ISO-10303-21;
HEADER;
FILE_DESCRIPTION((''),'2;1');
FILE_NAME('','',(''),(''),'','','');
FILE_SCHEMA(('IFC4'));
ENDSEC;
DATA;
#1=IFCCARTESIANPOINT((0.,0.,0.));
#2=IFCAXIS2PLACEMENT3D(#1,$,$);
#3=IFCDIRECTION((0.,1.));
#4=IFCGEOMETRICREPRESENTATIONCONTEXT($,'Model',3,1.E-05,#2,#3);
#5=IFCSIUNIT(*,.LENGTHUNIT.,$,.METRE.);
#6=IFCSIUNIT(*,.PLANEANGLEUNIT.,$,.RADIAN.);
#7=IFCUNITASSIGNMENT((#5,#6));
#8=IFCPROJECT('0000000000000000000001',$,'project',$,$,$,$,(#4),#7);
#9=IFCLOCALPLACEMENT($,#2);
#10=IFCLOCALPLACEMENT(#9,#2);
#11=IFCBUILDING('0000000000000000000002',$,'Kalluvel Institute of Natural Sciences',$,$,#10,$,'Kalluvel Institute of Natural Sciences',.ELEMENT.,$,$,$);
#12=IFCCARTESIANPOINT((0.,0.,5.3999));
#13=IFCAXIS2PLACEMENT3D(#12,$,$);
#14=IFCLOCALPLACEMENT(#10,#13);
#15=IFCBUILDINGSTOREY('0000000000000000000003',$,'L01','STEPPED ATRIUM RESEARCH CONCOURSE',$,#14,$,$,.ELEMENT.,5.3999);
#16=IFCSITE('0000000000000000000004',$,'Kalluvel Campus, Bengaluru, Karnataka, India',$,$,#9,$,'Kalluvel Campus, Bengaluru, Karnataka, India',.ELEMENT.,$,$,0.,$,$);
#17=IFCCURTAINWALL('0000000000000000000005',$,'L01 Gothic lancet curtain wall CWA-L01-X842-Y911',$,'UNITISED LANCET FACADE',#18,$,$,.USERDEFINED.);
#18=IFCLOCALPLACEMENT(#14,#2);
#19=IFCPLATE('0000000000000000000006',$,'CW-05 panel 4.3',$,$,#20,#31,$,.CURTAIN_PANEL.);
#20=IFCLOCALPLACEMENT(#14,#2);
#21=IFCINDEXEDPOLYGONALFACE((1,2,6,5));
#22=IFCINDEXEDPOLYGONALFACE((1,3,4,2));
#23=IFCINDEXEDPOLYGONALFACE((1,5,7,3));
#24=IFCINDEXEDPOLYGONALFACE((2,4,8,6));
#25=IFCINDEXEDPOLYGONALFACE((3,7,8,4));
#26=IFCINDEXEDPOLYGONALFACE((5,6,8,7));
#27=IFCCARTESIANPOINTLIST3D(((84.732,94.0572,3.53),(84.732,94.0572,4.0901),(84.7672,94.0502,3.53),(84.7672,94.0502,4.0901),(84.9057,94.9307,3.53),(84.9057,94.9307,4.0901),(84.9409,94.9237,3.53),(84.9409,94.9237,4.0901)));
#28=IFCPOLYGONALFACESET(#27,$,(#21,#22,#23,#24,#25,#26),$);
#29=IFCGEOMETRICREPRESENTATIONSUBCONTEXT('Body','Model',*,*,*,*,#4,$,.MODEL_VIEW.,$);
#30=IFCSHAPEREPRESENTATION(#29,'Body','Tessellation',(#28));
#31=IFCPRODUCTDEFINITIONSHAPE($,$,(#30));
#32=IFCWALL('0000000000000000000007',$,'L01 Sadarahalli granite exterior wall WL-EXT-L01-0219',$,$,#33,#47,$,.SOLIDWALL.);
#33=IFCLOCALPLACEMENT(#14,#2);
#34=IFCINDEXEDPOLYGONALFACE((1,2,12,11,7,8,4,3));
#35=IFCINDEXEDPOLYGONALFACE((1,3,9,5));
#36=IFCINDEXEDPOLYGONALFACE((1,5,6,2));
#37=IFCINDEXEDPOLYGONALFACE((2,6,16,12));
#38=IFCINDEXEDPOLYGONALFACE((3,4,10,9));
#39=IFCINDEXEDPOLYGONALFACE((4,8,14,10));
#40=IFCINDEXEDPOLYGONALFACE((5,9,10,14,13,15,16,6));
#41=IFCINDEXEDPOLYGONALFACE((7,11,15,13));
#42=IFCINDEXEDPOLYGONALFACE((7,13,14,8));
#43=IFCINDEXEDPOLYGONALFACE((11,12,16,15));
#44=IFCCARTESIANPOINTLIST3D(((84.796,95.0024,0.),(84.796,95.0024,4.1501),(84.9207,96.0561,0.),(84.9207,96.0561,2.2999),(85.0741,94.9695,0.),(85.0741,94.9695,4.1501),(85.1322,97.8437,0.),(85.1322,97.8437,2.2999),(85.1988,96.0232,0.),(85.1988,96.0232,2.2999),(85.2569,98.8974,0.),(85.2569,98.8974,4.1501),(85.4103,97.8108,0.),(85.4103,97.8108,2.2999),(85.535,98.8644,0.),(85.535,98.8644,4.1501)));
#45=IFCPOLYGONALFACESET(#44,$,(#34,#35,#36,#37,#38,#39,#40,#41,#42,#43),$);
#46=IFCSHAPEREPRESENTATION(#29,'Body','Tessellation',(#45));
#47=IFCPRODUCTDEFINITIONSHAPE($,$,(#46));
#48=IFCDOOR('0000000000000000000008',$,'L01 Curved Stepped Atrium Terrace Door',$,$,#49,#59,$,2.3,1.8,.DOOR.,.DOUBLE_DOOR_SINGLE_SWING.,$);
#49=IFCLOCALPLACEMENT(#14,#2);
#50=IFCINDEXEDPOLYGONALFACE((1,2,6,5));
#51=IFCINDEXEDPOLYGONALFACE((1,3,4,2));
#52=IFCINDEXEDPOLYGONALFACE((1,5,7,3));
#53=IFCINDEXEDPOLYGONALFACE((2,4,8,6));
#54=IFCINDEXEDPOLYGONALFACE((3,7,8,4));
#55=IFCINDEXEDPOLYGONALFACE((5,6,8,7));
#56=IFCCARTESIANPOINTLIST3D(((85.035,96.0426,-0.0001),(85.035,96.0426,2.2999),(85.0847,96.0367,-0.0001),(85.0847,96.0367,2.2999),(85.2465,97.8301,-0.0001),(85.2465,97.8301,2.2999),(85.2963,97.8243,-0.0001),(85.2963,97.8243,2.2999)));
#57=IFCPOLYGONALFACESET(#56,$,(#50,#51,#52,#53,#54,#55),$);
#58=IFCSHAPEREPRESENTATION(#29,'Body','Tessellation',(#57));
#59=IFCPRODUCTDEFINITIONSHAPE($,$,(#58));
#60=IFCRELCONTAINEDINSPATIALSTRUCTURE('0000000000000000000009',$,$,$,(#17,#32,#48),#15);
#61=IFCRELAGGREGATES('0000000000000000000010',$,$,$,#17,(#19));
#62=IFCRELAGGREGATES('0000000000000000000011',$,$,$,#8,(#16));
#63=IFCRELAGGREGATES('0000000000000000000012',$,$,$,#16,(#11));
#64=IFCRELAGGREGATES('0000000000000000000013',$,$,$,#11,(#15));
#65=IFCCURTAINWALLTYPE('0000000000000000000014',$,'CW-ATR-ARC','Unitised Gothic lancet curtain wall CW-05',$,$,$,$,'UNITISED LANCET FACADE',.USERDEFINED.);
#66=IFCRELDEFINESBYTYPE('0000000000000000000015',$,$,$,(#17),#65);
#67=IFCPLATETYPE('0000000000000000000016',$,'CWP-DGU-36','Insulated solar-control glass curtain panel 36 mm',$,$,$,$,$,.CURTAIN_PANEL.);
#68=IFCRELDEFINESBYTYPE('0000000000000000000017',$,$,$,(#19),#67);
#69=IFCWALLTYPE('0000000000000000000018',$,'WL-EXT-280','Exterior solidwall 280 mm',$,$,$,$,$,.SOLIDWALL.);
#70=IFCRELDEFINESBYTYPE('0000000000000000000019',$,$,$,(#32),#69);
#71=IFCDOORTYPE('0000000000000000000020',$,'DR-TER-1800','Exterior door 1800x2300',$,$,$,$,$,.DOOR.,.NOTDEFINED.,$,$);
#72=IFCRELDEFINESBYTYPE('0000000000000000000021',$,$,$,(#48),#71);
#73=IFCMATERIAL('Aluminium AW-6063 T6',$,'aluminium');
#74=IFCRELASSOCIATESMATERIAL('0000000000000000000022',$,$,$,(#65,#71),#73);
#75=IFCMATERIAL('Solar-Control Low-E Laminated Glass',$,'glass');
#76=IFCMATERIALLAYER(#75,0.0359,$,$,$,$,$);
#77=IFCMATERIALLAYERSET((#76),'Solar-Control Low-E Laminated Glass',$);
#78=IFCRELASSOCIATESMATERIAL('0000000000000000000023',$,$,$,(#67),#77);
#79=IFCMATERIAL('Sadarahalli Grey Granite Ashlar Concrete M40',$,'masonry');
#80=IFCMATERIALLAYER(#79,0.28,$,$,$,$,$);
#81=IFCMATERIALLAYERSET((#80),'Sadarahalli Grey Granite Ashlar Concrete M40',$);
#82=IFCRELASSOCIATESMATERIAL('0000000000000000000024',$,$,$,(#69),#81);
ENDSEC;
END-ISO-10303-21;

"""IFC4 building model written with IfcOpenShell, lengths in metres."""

from ifc_helpers import new_model, si_unit, direction, frame, frame_2d, origin, origin_2d, place, context, subcontext, project, spatial, rectangle, extrude, material, layer, layer_set, type_object, element, fill, aggregate, save


model = new_model("IFC4")

# Units and contexts
model_context = context("Model", 3, precision=1e-05, world=origin(), true_north=direction((0.0, 1.0)))
body_context = subcontext(model_context, "Body", "Model", "MODEL_VIEW")
ifc_project = project(units=[si_unit("LENGTHUNIT", "METRE"), si_unit("PLANEANGLEUNIT", "RADIAN")], contexts=[model_context])

# Site, building, storey
site_placement = place(None, origin())
site = spatial("IfcSite", under=ifc_project, at=site_placement, Name="Kalluvel Campus, Bengaluru, Karnataka, India", LongName="Kalluvel Campus, Bengaluru, Karnataka, India", CompositionType="ELEMENT", RefElevation=0.0)
building_placement = place(site_placement, origin())
building = spatial("IfcBuilding", under=site, at=building_placement, Name="Kalluvel Institute of Natural Sciences", LongName="Kalluvel Institute of Natural Sciences", CompositionType="ELEMENT")
storey_placement = place(building_placement, frame((0.0, 0.0, 5.3999)))
storey = spatial("IfcBuildingStorey", under=building, at=storey_placement, Name="L01", Description="STEPPED ATRIUM RESEARCH CONCOURSE", CompositionType="ELEMENT", Elevation=5.3999)

# Curtain wall, plate
ifc_material_1 = material(Name="Aluminium AW-6063 T6", Category="aluminium")
curtain_wall_type = type_object("IfcCurtainWallType", Name="CW-ATR-ARC", Description="Unitised Gothic lancet curtain wall CW-05", ElementType="UNITISED LANCET FACADE", PredefinedType="USERDEFINED", material=ifc_material_1)
curtain_wall_placement = place(storey_placement, origin())
curtain_wall = element("IfcCurtainWall", 1, at=curtain_wall_placement, inside=storey, type_object=curtain_wall_type, Name="L01 Gothic lancet curtain wall CWA-L01-X842-Y911", ObjectType="UNITISED LANCET FACADE", PredefinedType="USERDEFINED")
ifc_material_2 = material(Name="Solar-Control Low-E Laminated Glass", Category="glass")
ifc_layer_1 = layer(ifc_material_2, 0.0359)
ifc_layer_set_1 = layer_set([ifc_layer_1], Name="Solar-Control Low-E Laminated Glass")
plate_type = type_object("IfcPlateType", Name="CWP-DGU-36", Description="Insulated solar-control glass curtain panel 36 mm", PredefinedType="CURTAIN_PANEL", material=ifc_layer_set_1)
plate_1_placement = place(storey_placement, frame((84.8364, 94.4905, 3.53), z_axis=(0.0, 0.0, 1.0), x_axis=(0.195077, 0.980788, 0.0)))
plate_1 = element("IfcPlate", 2, at=plate_1_placement, type_object=plate_type, Name="CW-05 panel 4.3", PredefinedType="CURTAIN_PANEL", context=body_context, shape_type="SweptSolid", body=[
    extrude(rectangle(XDim=0.8906, YDim=0.0359, at=origin_2d()), origin(), (0.0, 0.0, 1.0), 0.5601),
])
aggregate(curtain_wall, [plate_1])

# Wall, opening, door
ifc_material_3 = material(Name="Sadarahalli Grey Granite Ashlar Concrete M40", Category="masonry")
ifc_layer_2 = layer(ifc_material_3, 0.28)
ifc_layer_set_2 = layer_set([ifc_layer_2], Name="Sadarahalli Grey Granite Ashlar Concrete M40")
wall_type = type_object("IfcWallType", Name="WL-EXT-280", Description="Exterior solidwall 280 mm", PredefinedType="SOLIDWALL", material=ifc_layer_set_2)
wall_placement = place(storey_placement, frame((84.9351, 94.9861, 0.0), z_axis=(0.0, 0.0, 1.0), x_axis=(0.11752, 0.99307, 0.0)))
wall = element("IfcWall", 3, at=wall_placement, inside=storey, type_object=wall_type, Name="L01 Sadarahalli granite exterior wall WL-EXT-L01-0219", PredefinedType="SOLIDWALL", context=body_context, shape_type="SweptSolid", body=[
    extrude(rectangle(XDim=3.9221, YDim=0.28, at=frame_2d((1.9609, 0.0))), origin(), (0.0, 0.0, 1.0), 4.1501),
])
opening_placement = place(wall_placement, frame((1.061, 0.0, 0.0)))
opening = element("IfcOpeningElement", 4, at=opening_placement, cuts=wall, PredefinedType="OPENING", context=body_context, shape_type="SweptSolid", body=[
    extrude(rectangle(XDim=1.8, YDim=2.3, at=frame_2d((0.8999, 1.1499))), frame((0.0, 0.1499, 0.0), z_axis=(0.0, -1.0, 0.0), x_axis=(1.0, 0.0, 0.0)), (0.0, 0.0, 1.0), 0.3),
])
door_type = type_object("IfcDoorType", Name="DR-TER-1800", Description="Exterior door 1800x2300", OperationType="NOTDEFINED", PredefinedType="DOOR", material=ifc_material_1)
door_placement = place(opening_placement, origin())
door = element("IfcDoor", 5, at=door_placement, inside=storey, type_object=door_type, Name="L01 Curved Stepped Atrium Terrace Door", OperationType="DOUBLE_DOOR_SINGLE_SWING", OverallHeight=2.3, OverallWidth=1.8, PredefinedType="DOOR", context=body_context, shape_type="SweptSolid", body=[
    extrude(rectangle(XDim=1.8, YDim=2.3, at=frame_2d((0.8999, 1.1499))), frame((0.0, 0.0249, 0.0), z_axis=(0.0, -1.0, 0.0), x_axis=(1.0, 0.0, 0.0)), (0.0, 0.0, 1.0), 0.05),
])
fill(opening, door)

save(model, "model.ifc")
